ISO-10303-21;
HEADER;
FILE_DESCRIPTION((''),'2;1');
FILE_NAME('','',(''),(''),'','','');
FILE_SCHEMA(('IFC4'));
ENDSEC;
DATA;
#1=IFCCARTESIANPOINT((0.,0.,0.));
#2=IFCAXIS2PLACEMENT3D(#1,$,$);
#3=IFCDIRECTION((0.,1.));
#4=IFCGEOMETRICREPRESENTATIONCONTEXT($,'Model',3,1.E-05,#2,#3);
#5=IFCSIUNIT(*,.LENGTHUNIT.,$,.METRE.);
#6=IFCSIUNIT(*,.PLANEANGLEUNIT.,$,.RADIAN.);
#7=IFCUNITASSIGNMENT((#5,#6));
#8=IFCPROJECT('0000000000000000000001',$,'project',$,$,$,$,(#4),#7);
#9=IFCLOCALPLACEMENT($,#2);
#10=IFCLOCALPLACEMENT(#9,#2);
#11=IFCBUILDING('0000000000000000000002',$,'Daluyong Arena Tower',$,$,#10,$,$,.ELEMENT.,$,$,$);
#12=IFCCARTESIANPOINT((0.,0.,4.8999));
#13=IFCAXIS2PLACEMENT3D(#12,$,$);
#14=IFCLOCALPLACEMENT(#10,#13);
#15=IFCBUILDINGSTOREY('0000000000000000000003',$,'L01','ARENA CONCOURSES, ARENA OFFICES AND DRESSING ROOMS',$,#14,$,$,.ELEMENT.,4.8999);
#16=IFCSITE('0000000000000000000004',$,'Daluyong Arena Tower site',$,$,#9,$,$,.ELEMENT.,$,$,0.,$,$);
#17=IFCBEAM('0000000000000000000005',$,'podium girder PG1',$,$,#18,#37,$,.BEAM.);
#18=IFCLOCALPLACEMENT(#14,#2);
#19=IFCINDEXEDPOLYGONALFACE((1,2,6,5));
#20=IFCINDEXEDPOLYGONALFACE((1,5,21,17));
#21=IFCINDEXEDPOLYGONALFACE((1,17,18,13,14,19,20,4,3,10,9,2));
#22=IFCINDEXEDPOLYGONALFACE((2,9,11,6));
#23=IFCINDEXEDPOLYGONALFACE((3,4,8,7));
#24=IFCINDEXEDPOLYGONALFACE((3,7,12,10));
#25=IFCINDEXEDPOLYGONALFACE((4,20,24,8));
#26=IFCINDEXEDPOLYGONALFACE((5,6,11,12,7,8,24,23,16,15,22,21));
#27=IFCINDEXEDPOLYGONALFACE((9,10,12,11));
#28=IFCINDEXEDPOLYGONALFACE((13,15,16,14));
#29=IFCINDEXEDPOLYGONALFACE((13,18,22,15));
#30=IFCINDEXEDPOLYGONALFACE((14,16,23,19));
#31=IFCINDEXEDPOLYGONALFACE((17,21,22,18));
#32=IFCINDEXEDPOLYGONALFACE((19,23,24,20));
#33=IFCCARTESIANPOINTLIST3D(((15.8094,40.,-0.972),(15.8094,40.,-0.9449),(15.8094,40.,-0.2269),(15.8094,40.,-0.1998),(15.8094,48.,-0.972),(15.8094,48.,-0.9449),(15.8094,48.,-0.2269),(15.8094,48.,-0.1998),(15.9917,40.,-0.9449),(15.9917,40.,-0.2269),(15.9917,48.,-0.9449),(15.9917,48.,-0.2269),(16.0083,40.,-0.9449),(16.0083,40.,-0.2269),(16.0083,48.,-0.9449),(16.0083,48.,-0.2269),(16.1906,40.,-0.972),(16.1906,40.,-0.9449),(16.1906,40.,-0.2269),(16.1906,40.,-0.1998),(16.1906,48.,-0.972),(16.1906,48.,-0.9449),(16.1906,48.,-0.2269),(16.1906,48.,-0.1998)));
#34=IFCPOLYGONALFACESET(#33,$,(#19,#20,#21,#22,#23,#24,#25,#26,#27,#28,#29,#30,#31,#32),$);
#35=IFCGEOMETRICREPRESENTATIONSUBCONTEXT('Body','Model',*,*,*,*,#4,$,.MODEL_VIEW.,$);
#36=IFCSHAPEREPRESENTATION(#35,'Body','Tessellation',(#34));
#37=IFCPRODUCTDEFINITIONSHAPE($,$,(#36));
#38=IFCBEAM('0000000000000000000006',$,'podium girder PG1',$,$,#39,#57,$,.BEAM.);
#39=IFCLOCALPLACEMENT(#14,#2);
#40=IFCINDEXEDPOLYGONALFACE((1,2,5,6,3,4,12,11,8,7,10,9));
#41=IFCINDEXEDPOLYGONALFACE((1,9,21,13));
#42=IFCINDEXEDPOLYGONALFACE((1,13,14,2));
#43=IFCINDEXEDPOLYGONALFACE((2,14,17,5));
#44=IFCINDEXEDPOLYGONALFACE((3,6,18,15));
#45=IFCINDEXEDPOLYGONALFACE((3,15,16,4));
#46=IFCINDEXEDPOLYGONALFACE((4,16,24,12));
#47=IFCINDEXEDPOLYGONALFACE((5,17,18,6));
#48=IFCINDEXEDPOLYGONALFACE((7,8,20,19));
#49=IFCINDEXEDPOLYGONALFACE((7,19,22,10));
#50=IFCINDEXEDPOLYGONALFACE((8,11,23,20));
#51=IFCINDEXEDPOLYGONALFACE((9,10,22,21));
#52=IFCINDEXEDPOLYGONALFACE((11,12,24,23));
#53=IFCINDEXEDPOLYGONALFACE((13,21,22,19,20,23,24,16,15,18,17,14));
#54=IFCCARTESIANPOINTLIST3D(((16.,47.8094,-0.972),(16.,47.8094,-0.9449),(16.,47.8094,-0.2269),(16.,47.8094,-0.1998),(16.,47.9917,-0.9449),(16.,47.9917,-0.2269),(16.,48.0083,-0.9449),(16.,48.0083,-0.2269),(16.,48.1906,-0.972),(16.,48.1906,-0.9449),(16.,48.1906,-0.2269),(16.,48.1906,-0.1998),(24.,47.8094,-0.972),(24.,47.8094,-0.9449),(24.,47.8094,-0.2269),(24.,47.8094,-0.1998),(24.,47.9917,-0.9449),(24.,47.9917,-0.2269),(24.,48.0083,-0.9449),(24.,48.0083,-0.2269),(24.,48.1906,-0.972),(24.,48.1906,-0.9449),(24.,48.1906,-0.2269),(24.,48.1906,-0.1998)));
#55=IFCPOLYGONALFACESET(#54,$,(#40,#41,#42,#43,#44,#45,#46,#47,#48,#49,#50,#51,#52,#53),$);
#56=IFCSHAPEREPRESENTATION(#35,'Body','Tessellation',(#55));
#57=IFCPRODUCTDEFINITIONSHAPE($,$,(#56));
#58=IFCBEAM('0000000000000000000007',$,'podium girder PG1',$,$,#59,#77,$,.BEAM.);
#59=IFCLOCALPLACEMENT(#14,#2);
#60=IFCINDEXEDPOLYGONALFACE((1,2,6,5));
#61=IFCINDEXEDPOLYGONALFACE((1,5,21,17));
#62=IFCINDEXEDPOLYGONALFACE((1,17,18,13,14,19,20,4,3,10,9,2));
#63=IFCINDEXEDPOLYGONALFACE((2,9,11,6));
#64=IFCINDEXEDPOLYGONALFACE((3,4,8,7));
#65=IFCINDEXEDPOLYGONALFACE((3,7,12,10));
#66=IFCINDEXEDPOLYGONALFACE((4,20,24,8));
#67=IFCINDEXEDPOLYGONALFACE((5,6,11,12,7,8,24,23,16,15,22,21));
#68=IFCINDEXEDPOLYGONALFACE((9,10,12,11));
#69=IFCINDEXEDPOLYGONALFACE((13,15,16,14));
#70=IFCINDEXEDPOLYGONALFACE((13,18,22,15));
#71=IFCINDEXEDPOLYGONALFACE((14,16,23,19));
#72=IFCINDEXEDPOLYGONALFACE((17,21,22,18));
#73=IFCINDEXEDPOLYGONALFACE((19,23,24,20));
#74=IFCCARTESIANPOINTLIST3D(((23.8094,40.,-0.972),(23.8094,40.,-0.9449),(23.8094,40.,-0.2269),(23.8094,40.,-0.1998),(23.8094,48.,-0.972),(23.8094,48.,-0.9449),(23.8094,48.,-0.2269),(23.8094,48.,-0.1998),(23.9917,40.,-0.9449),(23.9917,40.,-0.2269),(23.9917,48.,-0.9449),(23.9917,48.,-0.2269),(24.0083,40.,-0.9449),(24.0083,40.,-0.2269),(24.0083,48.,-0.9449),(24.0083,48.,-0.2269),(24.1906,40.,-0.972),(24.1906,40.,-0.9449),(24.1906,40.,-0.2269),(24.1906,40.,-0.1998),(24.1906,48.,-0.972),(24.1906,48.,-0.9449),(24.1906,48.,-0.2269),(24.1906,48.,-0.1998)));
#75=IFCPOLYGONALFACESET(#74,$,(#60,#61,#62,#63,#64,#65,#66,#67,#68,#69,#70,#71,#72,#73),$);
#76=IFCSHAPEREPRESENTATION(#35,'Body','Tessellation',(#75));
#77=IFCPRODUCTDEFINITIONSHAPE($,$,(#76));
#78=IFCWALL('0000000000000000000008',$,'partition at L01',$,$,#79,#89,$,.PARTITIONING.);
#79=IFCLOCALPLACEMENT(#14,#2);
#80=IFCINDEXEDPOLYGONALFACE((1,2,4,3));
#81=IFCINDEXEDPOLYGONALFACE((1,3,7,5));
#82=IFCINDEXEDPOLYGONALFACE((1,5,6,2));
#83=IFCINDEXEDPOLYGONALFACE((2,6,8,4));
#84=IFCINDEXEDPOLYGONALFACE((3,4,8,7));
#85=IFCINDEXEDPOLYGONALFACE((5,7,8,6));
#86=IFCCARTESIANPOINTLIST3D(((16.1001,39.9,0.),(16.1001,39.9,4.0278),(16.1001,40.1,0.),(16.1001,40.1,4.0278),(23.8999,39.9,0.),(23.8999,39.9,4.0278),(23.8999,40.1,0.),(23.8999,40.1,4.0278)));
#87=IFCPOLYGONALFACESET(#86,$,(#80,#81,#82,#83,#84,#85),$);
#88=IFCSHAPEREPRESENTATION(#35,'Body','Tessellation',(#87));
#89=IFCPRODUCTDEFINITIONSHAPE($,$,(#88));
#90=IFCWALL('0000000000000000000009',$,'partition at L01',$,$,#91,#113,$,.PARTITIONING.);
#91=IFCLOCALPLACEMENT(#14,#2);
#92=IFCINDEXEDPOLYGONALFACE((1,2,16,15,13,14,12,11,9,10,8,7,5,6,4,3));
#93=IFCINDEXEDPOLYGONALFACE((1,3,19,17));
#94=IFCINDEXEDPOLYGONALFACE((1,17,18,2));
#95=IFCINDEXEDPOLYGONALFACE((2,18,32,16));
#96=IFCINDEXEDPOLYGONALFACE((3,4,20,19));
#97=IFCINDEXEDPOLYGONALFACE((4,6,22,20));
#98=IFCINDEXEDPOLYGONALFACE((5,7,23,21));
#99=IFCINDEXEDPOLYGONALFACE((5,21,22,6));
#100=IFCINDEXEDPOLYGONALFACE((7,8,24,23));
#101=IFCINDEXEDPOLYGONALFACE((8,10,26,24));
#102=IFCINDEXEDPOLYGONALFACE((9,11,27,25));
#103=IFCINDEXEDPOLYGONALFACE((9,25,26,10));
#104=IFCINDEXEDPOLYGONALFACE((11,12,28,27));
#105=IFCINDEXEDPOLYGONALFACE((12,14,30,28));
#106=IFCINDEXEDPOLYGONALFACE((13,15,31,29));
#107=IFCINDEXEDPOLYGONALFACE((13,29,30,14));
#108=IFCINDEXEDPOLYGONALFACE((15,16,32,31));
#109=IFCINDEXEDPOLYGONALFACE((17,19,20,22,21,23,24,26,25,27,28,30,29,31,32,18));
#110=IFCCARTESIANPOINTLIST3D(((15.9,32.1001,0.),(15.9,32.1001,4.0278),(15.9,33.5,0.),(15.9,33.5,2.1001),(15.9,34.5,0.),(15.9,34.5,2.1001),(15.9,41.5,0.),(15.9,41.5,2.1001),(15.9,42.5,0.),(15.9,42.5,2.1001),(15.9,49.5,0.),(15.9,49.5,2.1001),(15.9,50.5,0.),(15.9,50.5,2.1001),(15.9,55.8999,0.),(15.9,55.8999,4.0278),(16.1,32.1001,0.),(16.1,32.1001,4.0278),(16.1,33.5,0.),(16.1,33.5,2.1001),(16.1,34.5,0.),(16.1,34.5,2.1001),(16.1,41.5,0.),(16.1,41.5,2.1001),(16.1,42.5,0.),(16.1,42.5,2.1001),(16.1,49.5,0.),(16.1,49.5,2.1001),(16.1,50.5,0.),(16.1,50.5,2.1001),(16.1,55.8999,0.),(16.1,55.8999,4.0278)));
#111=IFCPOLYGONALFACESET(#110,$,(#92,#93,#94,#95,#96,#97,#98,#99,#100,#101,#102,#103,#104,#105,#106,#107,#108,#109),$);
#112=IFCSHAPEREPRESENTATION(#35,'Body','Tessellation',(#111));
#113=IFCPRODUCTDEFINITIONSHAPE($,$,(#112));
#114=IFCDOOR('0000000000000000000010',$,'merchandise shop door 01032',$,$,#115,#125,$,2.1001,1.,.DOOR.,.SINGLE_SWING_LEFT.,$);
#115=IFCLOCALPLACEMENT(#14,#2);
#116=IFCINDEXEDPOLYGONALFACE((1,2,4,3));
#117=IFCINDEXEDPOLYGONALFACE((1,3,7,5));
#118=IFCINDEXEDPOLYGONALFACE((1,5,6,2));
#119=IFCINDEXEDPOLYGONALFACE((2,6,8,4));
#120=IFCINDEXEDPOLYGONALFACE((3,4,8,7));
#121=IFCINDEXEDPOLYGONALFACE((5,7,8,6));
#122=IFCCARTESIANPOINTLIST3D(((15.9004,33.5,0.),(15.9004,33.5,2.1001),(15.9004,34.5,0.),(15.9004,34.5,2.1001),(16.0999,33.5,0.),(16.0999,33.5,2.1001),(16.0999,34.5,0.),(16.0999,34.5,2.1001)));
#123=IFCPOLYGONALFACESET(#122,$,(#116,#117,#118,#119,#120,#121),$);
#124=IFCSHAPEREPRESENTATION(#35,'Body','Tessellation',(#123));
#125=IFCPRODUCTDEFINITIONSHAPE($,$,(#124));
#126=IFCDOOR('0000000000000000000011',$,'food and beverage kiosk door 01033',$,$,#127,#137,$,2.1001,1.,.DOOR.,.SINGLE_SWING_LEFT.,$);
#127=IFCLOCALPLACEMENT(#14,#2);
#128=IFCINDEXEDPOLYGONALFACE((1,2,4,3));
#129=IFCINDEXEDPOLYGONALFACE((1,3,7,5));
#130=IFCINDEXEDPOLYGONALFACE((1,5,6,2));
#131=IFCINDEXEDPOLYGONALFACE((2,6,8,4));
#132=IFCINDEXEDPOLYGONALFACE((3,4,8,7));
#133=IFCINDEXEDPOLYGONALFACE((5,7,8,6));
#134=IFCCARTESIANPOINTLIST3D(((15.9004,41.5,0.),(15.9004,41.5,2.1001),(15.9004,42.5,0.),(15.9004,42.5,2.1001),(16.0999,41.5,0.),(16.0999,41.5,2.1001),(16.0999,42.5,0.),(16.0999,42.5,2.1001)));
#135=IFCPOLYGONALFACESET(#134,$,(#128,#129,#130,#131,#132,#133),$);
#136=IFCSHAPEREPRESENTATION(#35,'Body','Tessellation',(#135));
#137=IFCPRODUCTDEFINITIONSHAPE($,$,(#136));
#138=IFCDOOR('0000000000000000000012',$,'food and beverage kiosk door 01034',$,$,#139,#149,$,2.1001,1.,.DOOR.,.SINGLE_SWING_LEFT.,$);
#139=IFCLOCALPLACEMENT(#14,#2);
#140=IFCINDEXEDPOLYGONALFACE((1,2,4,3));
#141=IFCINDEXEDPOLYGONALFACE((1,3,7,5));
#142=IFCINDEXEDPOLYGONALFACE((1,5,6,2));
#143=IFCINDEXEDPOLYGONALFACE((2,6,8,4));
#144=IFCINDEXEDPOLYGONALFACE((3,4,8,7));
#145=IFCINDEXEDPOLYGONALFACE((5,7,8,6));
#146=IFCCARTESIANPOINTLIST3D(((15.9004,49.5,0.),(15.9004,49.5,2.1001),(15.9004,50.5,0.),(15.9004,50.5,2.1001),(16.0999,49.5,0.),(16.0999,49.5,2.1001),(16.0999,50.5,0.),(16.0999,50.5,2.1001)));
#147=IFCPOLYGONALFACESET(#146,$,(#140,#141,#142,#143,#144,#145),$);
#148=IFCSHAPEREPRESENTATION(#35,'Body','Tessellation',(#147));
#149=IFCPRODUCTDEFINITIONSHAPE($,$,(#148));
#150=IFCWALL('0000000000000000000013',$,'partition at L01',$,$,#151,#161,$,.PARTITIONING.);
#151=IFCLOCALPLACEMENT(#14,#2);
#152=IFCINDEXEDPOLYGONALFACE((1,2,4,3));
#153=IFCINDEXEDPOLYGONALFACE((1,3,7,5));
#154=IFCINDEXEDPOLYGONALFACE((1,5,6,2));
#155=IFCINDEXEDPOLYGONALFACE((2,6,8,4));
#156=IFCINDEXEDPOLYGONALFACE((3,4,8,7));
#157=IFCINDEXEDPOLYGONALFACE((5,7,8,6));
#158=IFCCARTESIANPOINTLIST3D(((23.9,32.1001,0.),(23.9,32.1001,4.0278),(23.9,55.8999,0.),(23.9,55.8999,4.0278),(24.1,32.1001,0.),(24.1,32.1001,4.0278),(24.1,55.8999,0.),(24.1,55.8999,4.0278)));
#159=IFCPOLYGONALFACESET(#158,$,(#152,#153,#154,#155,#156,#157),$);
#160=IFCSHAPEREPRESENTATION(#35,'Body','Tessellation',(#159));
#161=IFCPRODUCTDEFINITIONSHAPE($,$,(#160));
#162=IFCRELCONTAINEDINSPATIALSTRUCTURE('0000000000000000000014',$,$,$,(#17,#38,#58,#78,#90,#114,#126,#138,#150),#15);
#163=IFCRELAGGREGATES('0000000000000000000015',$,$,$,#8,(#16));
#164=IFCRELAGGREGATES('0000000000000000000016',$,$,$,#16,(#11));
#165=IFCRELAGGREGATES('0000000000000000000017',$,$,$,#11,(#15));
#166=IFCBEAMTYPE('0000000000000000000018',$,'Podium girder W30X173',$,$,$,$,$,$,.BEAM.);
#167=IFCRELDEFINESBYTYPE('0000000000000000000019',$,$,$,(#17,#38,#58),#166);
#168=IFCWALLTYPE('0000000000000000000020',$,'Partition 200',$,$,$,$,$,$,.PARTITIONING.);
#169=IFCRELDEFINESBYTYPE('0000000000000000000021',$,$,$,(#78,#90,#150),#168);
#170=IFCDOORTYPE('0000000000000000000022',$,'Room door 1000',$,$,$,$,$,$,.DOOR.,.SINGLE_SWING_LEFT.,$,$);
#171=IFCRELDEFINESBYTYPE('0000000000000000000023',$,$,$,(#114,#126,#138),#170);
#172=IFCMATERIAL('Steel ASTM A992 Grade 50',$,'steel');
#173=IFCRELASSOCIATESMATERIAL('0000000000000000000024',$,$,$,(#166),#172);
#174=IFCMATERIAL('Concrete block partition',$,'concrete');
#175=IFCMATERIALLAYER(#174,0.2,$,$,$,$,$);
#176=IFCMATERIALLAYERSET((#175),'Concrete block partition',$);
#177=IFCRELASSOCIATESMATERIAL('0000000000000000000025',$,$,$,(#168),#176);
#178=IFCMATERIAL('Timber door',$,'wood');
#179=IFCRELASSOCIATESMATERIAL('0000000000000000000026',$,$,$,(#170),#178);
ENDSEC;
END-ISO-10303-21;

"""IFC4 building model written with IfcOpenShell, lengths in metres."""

from ifc_helpers import new_model, si_unit, direction, frame, frame_2d, origin, origin_2d, place, context, subcontext, project, spatial, rectangle, i_section, extrude, material, layer, layer_set, material_profile, profile_set, type_object, element, fill, save


model = new_model("IFC4")

# Units and contexts
model_context = context("Model", 3, precision=1e-05, world=origin(), true_north=direction((0.0, 1.0)))
body_context = subcontext(model_context, "Body", "Model", "MODEL_VIEW")
ifc_project = project(units=[si_unit("LENGTHUNIT", "METRE"), si_unit("PLANEANGLEUNIT", "RADIAN")], contexts=[model_context])

# Site, building, storey
site_placement = place(None, origin())
site = spatial("IfcSite", under=ifc_project, at=site_placement, Name="Daluyong Arena Tower site", CompositionType="ELEMENT", RefElevation=0.0)
building_placement = place(site_placement, origin())
building = spatial("IfcBuilding", under=site, at=building_placement, Name="Daluyong Arena Tower", CompositionType="ELEMENT")
storey_placement = place(building_placement, frame((0.0, 0.0, 4.8999)))
storey = spatial("IfcBuildingStorey", under=building, at=storey_placement, Name="L01", Description="ARENA CONCOURSES, ARENA OFFICES AND DRESSING ROOMS", CompositionType="ELEMENT", Elevation=4.8999)

# Beams
ifc_material_1 = material(Name="Steel ASTM A992 Grade 50", Category="steel")
ifc_material_profile_1 = material_profile(ifc_material_1, i_section(OverallWidth=0.3811, OverallDepth=0.7722, WebThickness=0.0166, FlangeThickness=0.0271, at=origin_2d()))
ifc_profile_set_1 = profile_set([ifc_material_profile_1], Name="Steel ASTM A992 Grade 50")
beam_type_1 = type_object("IfcBeamType", Name="Podium girder W30X173", PredefinedType="BEAM", material=ifc_profile_set_1)
for number, where, z_axis, x_axis, name in (
    (1, (16.0, 40.0, -0.5859), (0.0, 1.0, 0.0), (-1.0, 0.0, 0.0), "podium girder PG1"),
    (2, (16.0, 48.0, -0.5859), (1.0, 0.0, 0.0), (0.0, 1.0, 0.0), "podium girder PG1"),
    (3, (24.0, 40.0, -0.5859), (0.0, 1.0, 0.0), (-1.0, 0.0, 0.0), "podium girder PG1"),
):
    element("IfcBeam", number, at=place(storey_placement, frame(where, z_axis=z_axis, x_axis=x_axis)), inside=storey, type_object=beam_type_1, Name=name, PredefinedType="BEAM", context=body_context, shape_type="SweptSolid", body=[
        extrude(i_section(OverallWidth=0.3811, OverallDepth=0.7722, WebThickness=0.0166, FlangeThickness=0.0271, at=origin_2d()), origin(), (0.0, 0.0, 1.0), 8.0),
    ])

# Wall
ifc_material_2 = material(Name="Concrete block partition", Category="concrete")
ifc_layer_1 = layer(ifc_material_2, 0.2)
ifc_layer_set_1 = layer_set([ifc_layer_1], Name="Concrete block partition")
wall_type_1 = type_object("IfcWallType", Name="Partition 200", PredefinedType="PARTITIONING", material=ifc_layer_set_1)
wall_1_placement = place(storey_placement, frame((16.1001, 40.0, 0.0), z_axis=(0.0, 0.0, 1.0), x_axis=(1.0, 0.0, 0.0)))
element("IfcWall", 4, at=wall_1_placement, inside=storey, type_object=wall_type_1, Name="partition at L01", PredefinedType="PARTITIONING", context=body_context, shape_type="SweptSolid", body=[
    extrude(rectangle(XDim=7.7998, YDim=0.2, at=frame_2d((3.8999, 0.0))), origin(), (0.0, 0.0, 1.0), 4.0278),
])

# Wall, openings, doors
wall_2_placement = place(storey_placement, frame((16.0, 32.1001, 0.0), z_axis=(0.0, 0.0, 1.0), x_axis=(0.0, 1.0, 0.0)))
wall_2 = element("IfcWall", 5, at=wall_2_placement, inside=storey, type_object=wall_type_1, Name="partition at L01", PredefinedType="PARTITIONING", context=body_context, shape_type="SweptSolid", body=[
    extrude(rectangle(XDim=23.7998, YDim=0.2, at=frame_2d((11.8999, 0.0))), origin(), (0.0, 0.0, 1.0), 4.0278),
])
opening_1_placement = place(wall_2_placement, frame((1.3999, 0.0, 0.0)))
opening_1 = element("IfcOpeningElement", 6, at=opening_1_placement, cuts=wall_2, PredefinedType="OPENING", context=body_context, shape_type="SweptSolid", body=[
    extrude(rectangle(XDim=1.0, YDim=2.1001, at=frame_2d((0.5, 1.05))), frame((0.0, 0.1099, 0.0), z_axis=(0.0, -1.0, 0.0), x_axis=(1.0, 0.0, 0.0)), (0.0, 0.0, 1.0), 0.22),
])
opening_2_placement = place(wall_2_placement, frame((9.3999, 0.0, 0.0)))
opening_2 = element("IfcOpeningElement", 7, at=opening_2_placement, cuts=wall_2, PredefinedType="OPENING", context=body_context, shape_type="SweptSolid", body=[
    extrude(rectangle(XDim=1.0, YDim=2.1001, at=frame_2d((0.5, 1.05))), frame((0.0, 0.1099, 0.0), z_axis=(0.0, -1.0, 0.0), x_axis=(1.0, 0.0, 0.0)), (0.0, 0.0, 1.0), 0.22),
])
opening_3_placement = place(wall_2_placement, frame((17.3999, 0.0, 0.0)))
opening_3 = element("IfcOpeningElement", 8, at=opening_3_placement, cuts=wall_2, PredefinedType="OPENING", context=body_context, shape_type="SweptSolid", body=[
    extrude(rectangle(XDim=1.0, YDim=2.1001, at=frame_2d((0.5, 1.05))), frame((0.0, 0.1099, 0.0), z_axis=(0.0, -1.0, 0.0), x_axis=(1.0, 0.0, 0.0)), (0.0, 0.0, 1.0), 0.22),
])
ifc_material_3 = material(Name="Timber door", Category="wood")
door_type_1 = type_object("IfcDoorType", Name="Room door 1000", OperationType="SINGLE_SWING_LEFT", PredefinedType="DOOR", material=ifc_material_3)
door_1_placement = place(opening_1_placement, origin())
door_1 = element("IfcDoor", 9, at=door_1_placement, inside=storey, type_object=door_type_1, Name="merchandise shop door 01032", OperationType="SINGLE_SWING_LEFT", OverallHeight=2.1001, OverallWidth=1.0, PredefinedType="DOOR", context=body_context, shape_type="SweptSolid", body=[
    extrude(rectangle(XDim=1.0, YDim=2.1001, at=frame_2d((0.5, 1.05))), frame((0.0, 0.0996, 0.0), z_axis=(0.0, -1.0, 0.0), x_axis=(1.0, 0.0, 0.0)), (0.0, 0.0, 1.0), 0.1995),
])
fill(opening_1, door_1)
door_2_placement = place(opening_2_placement, origin())
door_2 = element("IfcDoor", 10, at=door_2_placement, inside=storey, type_object=door_type_1, Name="food and beverage kiosk door 01033", OperationType="SINGLE_SWING_LEFT", OverallHeight=2.1001, OverallWidth=1.0, PredefinedType="DOOR", context=body_context, shape_type="SweptSolid", body=[
    extrude(rectangle(XDim=1.0, YDim=2.1001, at=frame_2d((0.5, 1.05))), frame((0.0, 0.0996, 0.0), z_axis=(0.0, -1.0, 0.0), x_axis=(1.0, 0.0, 0.0)), (0.0, 0.0, 1.0), 0.1995),
])
fill(opening_2, door_2)
door_3_placement = place(opening_3_placement, origin())
door_3 = element("IfcDoor", 11, at=door_3_placement, inside=storey, type_object=door_type_1, Name="food and beverage kiosk door 01034", OperationType="SINGLE_SWING_LEFT", OverallHeight=2.1001, OverallWidth=1.0, PredefinedType="DOOR", context=body_context, shape_type="SweptSolid", body=[
    extrude(rectangle(XDim=1.0, YDim=2.1001, at=frame_2d((0.5, 1.05))), frame((0.0, 0.0996, 0.0), z_axis=(0.0, -1.0, 0.0), x_axis=(1.0, 0.0, 0.0)), (0.0, 0.0, 1.0), 0.1995),
])
fill(opening_3, door_3)

# Wall
wall_3_placement = place(storey_placement, frame((24.0, 32.1001, 0.0), z_axis=(0.0, 0.0, 1.0), x_axis=(0.0, 1.0, 0.0)))
element("IfcWall", 12, at=wall_3_placement, inside=storey, type_object=wall_type_1, Name="partition at L01", PredefinedType="PARTITIONING", context=body_context, shape_type="SweptSolid", body=[
    extrude(rectangle(XDim=23.7998, YDim=0.2, at=frame_2d((11.8999, 0.0))), origin(), (0.0, 0.0, 1.0), 4.0278),
])

save(model, "model.ifc")
